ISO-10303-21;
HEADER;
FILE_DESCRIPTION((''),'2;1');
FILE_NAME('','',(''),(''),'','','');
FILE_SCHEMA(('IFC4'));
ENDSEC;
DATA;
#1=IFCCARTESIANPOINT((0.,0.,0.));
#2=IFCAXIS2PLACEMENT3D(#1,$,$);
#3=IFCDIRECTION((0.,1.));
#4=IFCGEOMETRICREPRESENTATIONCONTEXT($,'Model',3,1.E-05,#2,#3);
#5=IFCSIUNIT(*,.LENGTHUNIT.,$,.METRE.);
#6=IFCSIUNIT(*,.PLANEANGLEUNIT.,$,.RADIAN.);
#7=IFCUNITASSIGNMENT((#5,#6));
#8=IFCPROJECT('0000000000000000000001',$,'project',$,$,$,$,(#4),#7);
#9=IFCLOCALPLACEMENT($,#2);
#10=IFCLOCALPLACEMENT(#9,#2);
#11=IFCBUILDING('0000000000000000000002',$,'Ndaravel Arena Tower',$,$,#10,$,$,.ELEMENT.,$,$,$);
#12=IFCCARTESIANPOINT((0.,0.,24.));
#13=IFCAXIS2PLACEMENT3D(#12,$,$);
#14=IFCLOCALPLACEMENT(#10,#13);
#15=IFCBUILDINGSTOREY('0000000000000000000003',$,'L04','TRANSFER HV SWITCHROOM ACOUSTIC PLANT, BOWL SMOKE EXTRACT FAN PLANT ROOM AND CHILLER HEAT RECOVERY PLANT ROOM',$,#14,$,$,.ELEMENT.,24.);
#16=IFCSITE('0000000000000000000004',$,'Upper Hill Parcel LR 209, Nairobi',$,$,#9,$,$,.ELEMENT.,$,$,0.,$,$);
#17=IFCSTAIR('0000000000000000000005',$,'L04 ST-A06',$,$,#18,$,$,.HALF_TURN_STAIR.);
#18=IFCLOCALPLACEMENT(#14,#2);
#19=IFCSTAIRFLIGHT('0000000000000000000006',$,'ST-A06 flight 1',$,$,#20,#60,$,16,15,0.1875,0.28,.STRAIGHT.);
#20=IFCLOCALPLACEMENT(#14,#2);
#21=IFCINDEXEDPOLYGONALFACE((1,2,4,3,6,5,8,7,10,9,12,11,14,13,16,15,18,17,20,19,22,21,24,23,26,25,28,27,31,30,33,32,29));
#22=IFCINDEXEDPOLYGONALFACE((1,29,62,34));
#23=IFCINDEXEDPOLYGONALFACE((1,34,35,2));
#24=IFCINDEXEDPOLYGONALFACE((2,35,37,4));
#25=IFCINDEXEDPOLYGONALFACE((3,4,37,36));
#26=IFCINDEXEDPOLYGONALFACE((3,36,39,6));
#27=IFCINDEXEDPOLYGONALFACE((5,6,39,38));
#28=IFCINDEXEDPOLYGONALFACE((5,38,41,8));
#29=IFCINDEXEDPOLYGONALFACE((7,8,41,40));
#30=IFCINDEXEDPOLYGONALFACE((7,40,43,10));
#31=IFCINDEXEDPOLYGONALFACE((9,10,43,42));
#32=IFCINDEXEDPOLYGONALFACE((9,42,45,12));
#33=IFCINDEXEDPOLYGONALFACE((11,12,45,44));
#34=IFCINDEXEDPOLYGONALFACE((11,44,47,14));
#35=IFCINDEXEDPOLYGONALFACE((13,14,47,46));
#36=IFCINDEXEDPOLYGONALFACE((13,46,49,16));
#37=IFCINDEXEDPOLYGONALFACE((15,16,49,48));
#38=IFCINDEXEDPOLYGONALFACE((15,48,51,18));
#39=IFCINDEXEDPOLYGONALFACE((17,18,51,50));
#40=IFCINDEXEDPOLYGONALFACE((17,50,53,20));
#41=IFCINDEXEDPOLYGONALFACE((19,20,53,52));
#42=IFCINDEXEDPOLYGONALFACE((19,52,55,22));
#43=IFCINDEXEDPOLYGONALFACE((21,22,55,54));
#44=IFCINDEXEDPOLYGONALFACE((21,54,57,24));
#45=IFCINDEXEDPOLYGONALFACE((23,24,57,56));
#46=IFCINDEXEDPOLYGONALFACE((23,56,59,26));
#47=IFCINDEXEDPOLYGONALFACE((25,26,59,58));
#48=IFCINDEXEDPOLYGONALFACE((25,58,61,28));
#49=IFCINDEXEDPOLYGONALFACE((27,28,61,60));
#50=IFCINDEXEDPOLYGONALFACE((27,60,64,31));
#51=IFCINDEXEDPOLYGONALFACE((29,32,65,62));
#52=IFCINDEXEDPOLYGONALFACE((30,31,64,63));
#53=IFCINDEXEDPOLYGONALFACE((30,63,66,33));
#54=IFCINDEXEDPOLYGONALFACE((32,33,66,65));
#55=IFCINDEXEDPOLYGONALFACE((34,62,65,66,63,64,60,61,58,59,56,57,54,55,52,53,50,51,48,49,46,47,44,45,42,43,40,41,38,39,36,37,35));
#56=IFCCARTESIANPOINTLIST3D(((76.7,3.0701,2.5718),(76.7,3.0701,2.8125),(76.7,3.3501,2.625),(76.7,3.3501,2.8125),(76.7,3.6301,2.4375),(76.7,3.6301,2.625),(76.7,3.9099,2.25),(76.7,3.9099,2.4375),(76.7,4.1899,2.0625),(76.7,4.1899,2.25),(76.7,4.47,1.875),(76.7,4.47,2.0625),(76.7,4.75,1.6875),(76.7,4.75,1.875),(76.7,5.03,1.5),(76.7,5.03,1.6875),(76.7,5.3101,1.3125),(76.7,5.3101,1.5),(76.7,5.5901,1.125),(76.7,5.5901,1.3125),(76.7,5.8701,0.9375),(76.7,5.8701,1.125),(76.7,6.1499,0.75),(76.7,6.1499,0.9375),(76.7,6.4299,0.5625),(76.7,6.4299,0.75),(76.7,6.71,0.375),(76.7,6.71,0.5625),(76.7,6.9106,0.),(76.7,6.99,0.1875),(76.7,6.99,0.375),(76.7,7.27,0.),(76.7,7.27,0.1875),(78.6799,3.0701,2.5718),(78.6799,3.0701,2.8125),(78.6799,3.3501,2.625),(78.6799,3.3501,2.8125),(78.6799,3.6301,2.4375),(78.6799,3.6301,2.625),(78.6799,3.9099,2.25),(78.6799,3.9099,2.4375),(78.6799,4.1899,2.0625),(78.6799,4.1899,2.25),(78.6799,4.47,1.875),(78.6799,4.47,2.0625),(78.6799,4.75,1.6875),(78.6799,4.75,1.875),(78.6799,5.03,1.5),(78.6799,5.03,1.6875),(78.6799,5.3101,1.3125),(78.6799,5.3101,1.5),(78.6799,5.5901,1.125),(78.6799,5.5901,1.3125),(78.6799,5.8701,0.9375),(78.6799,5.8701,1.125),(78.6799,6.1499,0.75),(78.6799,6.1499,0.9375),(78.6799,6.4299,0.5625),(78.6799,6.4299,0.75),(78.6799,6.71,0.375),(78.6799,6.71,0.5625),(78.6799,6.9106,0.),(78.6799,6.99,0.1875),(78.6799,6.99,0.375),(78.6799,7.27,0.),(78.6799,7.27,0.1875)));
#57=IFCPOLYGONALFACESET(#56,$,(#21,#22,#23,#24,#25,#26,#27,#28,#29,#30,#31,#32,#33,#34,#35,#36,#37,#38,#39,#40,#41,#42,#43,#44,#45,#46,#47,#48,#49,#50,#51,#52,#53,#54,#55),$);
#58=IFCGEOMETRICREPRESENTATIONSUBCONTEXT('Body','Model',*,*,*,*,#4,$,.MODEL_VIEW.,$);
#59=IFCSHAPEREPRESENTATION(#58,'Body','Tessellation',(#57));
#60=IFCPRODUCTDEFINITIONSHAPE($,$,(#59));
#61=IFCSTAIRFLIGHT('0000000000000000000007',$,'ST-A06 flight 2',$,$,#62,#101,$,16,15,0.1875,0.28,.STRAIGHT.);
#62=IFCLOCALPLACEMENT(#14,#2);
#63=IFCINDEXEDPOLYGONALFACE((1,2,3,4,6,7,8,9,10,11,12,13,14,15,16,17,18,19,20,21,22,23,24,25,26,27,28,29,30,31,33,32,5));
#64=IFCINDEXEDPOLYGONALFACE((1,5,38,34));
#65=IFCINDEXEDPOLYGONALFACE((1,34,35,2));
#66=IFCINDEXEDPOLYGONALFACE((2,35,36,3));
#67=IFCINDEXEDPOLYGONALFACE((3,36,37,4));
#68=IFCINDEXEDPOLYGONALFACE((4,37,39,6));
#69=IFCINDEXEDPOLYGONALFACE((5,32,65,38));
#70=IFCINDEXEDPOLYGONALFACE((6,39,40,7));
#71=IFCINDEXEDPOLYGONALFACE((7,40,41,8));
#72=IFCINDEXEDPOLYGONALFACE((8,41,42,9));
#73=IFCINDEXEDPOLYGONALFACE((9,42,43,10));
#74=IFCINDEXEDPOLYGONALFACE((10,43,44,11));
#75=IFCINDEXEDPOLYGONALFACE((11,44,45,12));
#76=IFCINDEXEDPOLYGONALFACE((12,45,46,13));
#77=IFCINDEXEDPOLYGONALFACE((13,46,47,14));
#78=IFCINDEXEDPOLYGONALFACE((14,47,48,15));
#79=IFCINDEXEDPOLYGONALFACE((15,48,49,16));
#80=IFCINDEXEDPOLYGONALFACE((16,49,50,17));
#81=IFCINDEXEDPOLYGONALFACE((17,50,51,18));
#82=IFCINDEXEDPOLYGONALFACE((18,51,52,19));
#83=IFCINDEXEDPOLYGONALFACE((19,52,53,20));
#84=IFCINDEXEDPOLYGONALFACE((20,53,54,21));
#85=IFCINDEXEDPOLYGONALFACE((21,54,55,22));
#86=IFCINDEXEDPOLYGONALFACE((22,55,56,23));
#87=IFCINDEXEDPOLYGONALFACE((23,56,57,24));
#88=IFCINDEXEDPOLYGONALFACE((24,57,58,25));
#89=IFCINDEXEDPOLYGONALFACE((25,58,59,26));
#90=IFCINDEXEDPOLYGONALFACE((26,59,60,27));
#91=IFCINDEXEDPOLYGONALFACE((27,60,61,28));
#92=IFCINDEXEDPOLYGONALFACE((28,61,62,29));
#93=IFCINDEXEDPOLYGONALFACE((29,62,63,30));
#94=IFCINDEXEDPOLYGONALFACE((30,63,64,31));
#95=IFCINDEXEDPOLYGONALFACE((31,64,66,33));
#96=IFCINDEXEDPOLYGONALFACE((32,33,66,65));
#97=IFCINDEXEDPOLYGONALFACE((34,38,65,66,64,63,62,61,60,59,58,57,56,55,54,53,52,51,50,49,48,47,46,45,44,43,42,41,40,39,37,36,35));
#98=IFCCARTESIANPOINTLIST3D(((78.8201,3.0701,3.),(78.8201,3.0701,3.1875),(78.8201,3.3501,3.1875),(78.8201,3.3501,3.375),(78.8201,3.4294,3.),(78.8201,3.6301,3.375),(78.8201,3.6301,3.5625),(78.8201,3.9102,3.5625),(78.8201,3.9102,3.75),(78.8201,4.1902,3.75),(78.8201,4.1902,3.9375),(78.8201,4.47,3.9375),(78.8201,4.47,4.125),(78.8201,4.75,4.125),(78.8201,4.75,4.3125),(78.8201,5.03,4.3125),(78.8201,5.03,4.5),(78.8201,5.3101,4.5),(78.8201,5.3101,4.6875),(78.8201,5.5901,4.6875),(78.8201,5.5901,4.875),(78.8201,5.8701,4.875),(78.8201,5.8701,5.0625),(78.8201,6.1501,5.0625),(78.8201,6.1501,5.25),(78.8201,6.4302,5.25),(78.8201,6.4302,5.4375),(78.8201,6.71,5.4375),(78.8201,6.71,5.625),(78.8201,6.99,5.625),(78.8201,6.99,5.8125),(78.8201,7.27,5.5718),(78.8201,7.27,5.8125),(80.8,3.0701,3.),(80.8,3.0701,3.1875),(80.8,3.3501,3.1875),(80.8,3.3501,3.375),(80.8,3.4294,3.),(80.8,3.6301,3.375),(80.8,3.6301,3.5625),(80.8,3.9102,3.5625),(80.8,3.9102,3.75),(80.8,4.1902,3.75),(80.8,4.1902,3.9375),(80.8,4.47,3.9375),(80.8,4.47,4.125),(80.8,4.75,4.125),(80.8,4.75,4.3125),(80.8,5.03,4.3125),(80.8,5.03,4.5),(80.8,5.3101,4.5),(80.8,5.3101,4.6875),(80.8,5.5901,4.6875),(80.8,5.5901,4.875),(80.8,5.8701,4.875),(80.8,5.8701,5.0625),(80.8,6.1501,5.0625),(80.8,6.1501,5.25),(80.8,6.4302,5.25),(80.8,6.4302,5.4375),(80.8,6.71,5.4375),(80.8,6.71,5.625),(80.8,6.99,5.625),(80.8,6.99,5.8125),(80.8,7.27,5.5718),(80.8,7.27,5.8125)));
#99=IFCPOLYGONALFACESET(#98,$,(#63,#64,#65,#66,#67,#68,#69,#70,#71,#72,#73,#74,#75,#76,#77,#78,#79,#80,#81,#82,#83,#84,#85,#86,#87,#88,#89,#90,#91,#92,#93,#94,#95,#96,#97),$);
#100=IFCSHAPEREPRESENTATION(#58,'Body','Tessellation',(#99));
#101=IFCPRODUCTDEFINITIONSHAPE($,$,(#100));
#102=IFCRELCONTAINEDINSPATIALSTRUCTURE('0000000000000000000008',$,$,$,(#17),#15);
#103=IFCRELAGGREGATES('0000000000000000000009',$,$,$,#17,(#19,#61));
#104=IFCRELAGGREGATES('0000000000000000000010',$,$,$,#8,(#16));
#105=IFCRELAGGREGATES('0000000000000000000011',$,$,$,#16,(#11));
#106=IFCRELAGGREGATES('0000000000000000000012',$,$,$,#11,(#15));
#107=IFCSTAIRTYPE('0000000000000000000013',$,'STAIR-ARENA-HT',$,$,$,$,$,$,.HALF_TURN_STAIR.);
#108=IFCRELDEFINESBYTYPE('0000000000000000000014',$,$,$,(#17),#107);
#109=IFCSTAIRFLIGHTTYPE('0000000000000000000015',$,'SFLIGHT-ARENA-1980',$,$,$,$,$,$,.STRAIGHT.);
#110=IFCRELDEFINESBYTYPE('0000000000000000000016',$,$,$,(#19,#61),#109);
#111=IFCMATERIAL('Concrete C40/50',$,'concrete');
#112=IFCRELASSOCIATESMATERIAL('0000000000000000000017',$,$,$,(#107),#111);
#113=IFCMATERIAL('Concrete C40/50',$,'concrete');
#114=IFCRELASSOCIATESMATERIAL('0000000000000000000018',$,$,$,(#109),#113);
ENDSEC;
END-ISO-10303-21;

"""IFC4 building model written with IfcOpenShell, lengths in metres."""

from ifc_helpers import new_model, si_unit, direction, frame, origin, place, context, subcontext, project, spatial, polyline, outline, extrude, material, type_object, element, aggregate, save


model = new_model("IFC4")

# Units and contexts
model_context = context("Model", 3, precision=1e-05, world=origin(), true_north=direction((0.0, 1.0)))
body_context = subcontext(model_context, "Body", "Model", "MODEL_VIEW")
ifc_project = project(units=[si_unit("LENGTHUNIT", "METRE"), si_unit("PLANEANGLEUNIT", "RADIAN")], contexts=[model_context])

# Site, building, storey
site_placement = place(None, origin())
site = spatial("IfcSite", under=ifc_project, at=site_placement, Name="Upper Hill Parcel LR 209, Nairobi", CompositionType="ELEMENT", RefElevation=0.0)
building_placement = place(site_placement, origin())
building = spatial("IfcBuilding", under=site, at=building_placement, Name="Ndaravel Arena Tower", CompositionType="ELEMENT")
storey_placement = place(building_placement, frame((0.0, 0.0, 24.0)))
storey = spatial("IfcBuildingStorey", under=building, at=storey_placement, Name="L04", Description="TRANSFER HV SWITCHROOM ACOUSTIC PLANT, BOWL SMOKE EXTRACT FAN PLANT ROOM AND CHILLER HEAT RECOVERY PLANT ROOM", CompositionType="ELEMENT", Elevation=24.0)

# Stair, stair flights
ifc_material_1 = material(Name="Concrete C40/50", Category="concrete")
stair_type = type_object("IfcStairType", Name="STAIR-ARENA-HT", PredefinedType="HALF_TURN_STAIR", material=ifc_material_1)
ifc_material_2 = material(Name="Concrete C40/50", Category="concrete")
stair_flight_type = type_object("IfcStairFlightType", Name="SFLIGHT-ARENA-1980", PredefinedType="STRAIGHT", material=ifc_material_2)
stair_1_placement = place(storey_placement, origin())
stair_1 = element("IfcStair", 1, at=stair_1_placement, inside=storey, type_object=stair_type, Name="L04 ST-A06", PredefinedType="HALF_TURN_STAIR")
stair_flight_1_placement = place(storey_placement, frame((77.6899, 7.27, 0.0), z_axis=(0.0, 0.0, 1.0), x_axis=(0.0, -1.0, 0.0)))
stair_flight_1 = element("IfcStairFlight", 2, at=stair_flight_1_placement, type_object=stair_flight_type, Name="ST-A06 flight 1", NumberOfRisers=16, NumberOfTreads=15, PredefinedType="STRAIGHT", RiserHeight=0.1875, TreadLength=0.28, context=body_context, shape_type="SweptSolid", body=[
    extrude(outline(polyline([(0.0, 0.0), (0.0, 0.1875), (0.28, 0.1875), (0.28, 0.375), (0.5601, 0.375), (0.5601, 0.5625), (0.8401, 0.5625), (0.8401, 0.75), (1.1201, 0.75), (1.1201, 0.9375), (1.3999, 0.9375), (1.3999, 1.125), (1.6799, 1.125), (1.6799, 1.3125), (1.96, 1.3125), (1.96, 1.5), (2.24, 1.5), (2.24, 1.6875), (2.52, 1.6875), (2.52, 1.875), (2.8, 1.875), (2.8, 2.0625), (3.0801, 2.0625), (3.0801, 2.25), (3.3601, 2.25), (3.3601, 2.4375), (3.6399, 2.4375), (3.6399, 2.625), (3.9199, 2.625), (3.9199, 2.8125), (4.2, 2.8125), (4.2, 3.0), (4.2, 2.5718), (0.3594, 0.0), (0.0, 0.0)])), frame((0.0, 0.99, 0.0), z_axis=(0.0, -1.0, 0.0), x_axis=(1.0, 0.0, 0.0)), (0.0, 0.0, 1.0), 1.98),
])
stair_flight_2_placement = place(storey_placement, frame((79.8101, 3.0701, 3.0), z_axis=(0.0, 0.0, 1.0), x_axis=(0.0, 1.0, 0.0)))
stair_flight_2 = element("IfcStairFlight", 3, at=stair_flight_2_placement, type_object=stair_flight_type, Name="ST-A06 flight 2", NumberOfRisers=16, NumberOfTreads=15, PredefinedType="STRAIGHT", RiserHeight=0.1875, TreadLength=0.28, context=body_context, shape_type="SweptSolid", body=[
    extrude(outline(polyline([(0.0, 0.0), (0.0, 0.1875), (0.28, 0.1875), (0.28, 0.375), (0.5601, 0.375), (0.5601, 0.5625), (0.8401, 0.5625), (0.8401, 0.75), (1.1201, 0.75), (1.1201, 0.9375), (1.3999, 0.9375), (1.3999, 1.125), (1.6799, 1.125), (1.6799, 1.3125), (1.96, 1.3125), (1.96, 1.5), (2.24, 1.5), (2.24, 1.6875), (2.52, 1.6875), (2.52, 1.875), (2.8, 1.875), (2.8, 2.0625), (3.0801, 2.0625), (3.0801, 2.25), (3.3601, 2.25), (3.3601, 2.4375), (3.6399, 2.4375), (3.6399, 2.625), (3.9199, 2.625), (3.9199, 2.8125), (4.2, 2.8125), (4.2, 3.0), (4.2, 2.5718), (0.3594, 0.0), (0.0, 0.0)])), frame((0.0, 0.99, 0.0), z_axis=(0.0, -1.0, 0.0), x_axis=(1.0, 0.0, 0.0)), (0.0, 0.0, 1.0), 1.98),
])
aggregate(stair_1, [stair_flight_1, stair_flight_2])

save(model, "model.ifc")
